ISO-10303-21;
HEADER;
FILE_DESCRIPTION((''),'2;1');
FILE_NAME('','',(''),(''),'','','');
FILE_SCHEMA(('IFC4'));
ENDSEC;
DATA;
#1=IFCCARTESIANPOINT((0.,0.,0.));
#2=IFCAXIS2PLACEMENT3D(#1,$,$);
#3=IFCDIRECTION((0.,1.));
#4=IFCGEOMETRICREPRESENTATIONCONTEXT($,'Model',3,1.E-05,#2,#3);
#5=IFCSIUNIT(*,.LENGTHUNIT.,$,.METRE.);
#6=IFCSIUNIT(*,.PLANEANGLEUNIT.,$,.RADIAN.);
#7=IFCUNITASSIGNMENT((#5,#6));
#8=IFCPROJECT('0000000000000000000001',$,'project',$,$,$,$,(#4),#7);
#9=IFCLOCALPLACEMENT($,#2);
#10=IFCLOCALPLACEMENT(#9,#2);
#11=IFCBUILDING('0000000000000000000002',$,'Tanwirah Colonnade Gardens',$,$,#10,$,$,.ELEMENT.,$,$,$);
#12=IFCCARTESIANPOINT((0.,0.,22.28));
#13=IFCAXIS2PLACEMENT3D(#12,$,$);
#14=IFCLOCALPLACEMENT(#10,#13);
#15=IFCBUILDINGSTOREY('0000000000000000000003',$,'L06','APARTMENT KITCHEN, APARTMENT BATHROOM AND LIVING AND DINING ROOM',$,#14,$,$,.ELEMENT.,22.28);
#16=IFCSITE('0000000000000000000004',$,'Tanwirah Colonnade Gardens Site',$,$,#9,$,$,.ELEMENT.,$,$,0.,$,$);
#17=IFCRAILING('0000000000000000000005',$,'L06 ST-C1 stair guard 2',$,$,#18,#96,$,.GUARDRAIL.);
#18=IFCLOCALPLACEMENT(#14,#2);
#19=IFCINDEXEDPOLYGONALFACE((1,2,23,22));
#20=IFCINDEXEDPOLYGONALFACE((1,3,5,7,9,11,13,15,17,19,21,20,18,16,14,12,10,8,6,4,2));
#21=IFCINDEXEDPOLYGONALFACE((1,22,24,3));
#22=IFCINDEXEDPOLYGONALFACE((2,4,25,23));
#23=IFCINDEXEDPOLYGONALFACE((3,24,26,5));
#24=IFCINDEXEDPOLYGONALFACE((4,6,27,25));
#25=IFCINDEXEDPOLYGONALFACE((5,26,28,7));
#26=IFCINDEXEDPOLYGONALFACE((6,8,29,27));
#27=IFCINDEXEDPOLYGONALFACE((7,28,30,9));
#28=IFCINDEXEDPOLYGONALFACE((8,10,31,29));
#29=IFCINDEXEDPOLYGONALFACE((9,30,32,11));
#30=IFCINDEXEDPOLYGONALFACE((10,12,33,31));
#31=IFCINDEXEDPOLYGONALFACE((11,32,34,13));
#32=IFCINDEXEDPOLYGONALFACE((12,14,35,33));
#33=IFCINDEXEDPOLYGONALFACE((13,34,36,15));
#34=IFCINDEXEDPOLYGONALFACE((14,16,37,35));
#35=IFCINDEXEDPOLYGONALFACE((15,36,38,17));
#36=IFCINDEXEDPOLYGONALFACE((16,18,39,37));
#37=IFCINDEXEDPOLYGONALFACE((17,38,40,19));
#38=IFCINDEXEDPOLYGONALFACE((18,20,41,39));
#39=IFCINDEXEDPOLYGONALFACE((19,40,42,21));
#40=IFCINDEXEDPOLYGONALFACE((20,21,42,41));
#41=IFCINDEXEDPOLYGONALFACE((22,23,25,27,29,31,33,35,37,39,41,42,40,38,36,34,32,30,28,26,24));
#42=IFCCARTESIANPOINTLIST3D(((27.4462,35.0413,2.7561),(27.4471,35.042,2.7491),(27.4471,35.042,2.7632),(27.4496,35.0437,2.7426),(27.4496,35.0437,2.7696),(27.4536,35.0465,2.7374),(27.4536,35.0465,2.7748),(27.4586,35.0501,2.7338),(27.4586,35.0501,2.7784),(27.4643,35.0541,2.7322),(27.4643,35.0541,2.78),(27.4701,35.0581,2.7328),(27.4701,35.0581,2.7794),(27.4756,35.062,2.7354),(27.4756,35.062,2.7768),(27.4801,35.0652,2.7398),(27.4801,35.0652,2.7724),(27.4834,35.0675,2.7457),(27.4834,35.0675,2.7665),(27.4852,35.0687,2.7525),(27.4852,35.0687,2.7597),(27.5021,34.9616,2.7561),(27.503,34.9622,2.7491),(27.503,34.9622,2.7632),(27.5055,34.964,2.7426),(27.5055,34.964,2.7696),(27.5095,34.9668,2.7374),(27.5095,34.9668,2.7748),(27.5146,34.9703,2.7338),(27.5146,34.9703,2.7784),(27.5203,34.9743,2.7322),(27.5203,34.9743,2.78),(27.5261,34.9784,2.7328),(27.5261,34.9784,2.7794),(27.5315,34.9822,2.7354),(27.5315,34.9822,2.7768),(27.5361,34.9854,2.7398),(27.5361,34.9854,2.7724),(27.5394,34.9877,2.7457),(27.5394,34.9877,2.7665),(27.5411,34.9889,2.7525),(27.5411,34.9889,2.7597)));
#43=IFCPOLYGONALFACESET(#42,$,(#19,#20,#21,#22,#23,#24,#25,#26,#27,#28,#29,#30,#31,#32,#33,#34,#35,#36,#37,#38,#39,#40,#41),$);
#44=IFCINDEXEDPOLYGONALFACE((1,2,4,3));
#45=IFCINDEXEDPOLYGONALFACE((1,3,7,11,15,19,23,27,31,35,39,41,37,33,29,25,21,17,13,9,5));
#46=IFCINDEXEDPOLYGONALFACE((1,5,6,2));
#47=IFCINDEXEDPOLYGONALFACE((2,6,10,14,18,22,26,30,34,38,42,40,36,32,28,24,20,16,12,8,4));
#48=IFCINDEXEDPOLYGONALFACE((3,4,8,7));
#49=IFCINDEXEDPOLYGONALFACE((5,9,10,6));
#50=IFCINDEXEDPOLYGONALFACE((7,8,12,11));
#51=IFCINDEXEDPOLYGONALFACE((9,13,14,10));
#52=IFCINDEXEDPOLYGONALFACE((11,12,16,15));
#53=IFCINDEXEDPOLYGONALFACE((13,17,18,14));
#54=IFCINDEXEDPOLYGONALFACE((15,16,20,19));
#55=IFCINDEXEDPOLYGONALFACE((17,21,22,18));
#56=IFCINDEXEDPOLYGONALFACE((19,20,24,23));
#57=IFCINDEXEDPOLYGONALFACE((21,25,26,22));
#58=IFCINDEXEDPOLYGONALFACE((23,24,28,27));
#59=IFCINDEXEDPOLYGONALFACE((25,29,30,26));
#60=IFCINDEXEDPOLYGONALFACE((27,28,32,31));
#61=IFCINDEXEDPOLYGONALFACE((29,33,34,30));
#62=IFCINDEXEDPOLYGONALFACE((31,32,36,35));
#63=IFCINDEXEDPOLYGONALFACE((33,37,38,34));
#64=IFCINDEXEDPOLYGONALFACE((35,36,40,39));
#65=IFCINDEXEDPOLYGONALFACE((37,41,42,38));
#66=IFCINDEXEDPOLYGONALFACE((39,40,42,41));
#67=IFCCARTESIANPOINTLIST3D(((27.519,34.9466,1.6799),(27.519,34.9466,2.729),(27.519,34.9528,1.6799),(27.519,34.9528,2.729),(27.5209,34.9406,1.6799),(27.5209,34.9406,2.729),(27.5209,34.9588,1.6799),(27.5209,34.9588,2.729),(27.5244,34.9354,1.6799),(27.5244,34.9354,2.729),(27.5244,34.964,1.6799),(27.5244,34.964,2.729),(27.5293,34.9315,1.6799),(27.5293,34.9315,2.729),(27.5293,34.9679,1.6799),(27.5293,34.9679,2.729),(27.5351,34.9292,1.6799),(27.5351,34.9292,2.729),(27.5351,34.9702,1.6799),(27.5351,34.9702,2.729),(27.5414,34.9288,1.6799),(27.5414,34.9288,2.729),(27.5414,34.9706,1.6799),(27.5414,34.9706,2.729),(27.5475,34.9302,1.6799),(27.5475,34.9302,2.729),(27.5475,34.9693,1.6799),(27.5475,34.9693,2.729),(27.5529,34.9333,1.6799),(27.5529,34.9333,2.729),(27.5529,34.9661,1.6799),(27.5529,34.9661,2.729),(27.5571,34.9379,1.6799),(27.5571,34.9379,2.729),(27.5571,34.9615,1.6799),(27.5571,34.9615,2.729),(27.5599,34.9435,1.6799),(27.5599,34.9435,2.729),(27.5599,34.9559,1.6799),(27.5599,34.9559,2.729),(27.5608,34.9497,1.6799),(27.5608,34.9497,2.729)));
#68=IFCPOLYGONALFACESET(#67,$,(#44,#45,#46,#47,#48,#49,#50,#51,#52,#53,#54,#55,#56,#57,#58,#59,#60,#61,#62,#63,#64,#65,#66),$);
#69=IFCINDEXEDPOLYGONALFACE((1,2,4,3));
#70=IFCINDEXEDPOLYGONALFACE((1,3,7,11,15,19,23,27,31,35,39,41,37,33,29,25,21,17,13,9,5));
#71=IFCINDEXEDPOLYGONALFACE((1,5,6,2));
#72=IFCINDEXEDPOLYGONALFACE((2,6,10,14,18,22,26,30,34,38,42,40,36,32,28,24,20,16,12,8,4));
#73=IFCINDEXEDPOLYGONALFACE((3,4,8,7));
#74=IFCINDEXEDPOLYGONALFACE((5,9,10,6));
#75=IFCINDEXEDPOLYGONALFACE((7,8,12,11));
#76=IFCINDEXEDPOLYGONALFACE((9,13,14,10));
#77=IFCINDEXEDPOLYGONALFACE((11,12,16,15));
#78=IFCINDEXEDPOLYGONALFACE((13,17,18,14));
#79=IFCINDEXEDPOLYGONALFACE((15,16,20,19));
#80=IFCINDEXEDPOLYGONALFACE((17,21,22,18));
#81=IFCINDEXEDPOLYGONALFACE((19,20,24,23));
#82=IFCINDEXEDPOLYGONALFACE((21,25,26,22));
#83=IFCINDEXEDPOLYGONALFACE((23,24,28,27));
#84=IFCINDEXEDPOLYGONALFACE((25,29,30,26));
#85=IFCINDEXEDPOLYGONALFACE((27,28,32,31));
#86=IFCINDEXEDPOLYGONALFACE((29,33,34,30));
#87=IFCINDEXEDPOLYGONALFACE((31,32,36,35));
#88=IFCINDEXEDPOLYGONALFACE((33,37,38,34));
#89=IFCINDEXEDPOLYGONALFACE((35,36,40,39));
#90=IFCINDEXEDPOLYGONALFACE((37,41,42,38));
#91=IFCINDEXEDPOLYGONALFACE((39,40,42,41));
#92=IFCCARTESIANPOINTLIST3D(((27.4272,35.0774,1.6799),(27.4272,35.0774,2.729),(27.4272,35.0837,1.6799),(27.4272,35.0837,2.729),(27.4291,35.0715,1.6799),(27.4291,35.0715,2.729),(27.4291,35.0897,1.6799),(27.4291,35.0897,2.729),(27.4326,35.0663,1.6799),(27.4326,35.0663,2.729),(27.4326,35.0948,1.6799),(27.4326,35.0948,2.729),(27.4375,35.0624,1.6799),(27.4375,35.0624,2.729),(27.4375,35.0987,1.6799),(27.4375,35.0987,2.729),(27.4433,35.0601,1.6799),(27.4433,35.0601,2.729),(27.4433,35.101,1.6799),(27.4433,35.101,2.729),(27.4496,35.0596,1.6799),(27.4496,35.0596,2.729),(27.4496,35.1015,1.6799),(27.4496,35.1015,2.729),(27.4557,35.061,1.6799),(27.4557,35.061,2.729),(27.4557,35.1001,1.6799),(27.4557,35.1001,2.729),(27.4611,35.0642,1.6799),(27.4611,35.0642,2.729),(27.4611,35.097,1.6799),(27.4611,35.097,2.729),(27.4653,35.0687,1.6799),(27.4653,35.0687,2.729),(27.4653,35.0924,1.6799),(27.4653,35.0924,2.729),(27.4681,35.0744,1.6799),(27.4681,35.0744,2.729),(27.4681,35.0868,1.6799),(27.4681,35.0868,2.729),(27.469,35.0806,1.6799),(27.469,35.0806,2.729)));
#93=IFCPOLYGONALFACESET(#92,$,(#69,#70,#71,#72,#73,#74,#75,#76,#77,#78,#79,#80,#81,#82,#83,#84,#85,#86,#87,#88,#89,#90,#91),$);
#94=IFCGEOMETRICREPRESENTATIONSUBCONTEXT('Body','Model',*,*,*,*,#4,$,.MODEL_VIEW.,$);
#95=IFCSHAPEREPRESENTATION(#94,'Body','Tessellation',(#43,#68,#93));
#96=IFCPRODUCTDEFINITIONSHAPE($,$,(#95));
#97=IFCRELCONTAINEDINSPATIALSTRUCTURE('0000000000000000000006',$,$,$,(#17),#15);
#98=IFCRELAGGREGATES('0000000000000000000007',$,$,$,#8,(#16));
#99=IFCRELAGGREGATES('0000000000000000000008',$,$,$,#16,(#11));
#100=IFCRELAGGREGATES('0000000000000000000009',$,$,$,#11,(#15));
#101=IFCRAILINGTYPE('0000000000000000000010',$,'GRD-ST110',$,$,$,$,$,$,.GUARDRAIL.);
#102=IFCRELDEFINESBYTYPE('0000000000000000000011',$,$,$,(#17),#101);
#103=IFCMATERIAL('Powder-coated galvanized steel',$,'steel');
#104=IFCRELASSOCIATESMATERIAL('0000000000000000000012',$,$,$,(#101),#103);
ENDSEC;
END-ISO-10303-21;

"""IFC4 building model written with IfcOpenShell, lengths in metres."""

from ifc_helpers import new_model, si_unit, direction, frame, origin, origin_2d, place, context, subcontext, project, spatial, circle, extrude, material, type_object, element, save


model = new_model("IFC4")

# Units and contexts
model_context = context("Model", 3, precision=1e-05, world=origin(), true_north=direction((0.0, 1.0)))
body_context = subcontext(model_context, "Body", "Model", "MODEL_VIEW")
ifc_project = project(units=[si_unit("LENGTHUNIT", "METRE"), si_unit("PLANEANGLEUNIT", "RADIAN")], contexts=[model_context])

# Site, building, storey
site_placement = place(None, origin())
site = spatial("IfcSite", under=ifc_project, at=site_placement, Name="Tanwirah Colonnade Gardens Site", CompositionType="ELEMENT", RefElevation=0.0)
building_placement = place(site_placement, origin())
building = spatial("IfcBuilding", under=site, at=building_placement, Name="Tanwirah Colonnade Gardens", CompositionType="ELEMENT")
storey_placement = place(building_placement, frame((0.0, 0.0, 22.28)))
storey = spatial("IfcBuildingStorey", under=building, at=storey_placement, Name="L06", Description="APARTMENT KITCHEN, APARTMENT BATHROOM AND LIVING AND DINING ROOM", CompositionType="ELEMENT", Elevation=22.28)

# Railing
ifc_material_1 = material(Name="Powder-coated galvanized steel", Category="steel")
railing_type_1 = type_object("IfcRailingType", Name="GRD-ST110", PredefinedType="GUARDRAIL", material=ifc_material_1)
railing_1_placement = place(storey_placement, frame((27.5398, 34.9497, 1.6799)))
element("IfcRailing", 1, at=railing_1_placement, inside=storey, type_object=railing_type_1, Name="L06 ST-C1 stair guard 2", PredefinedType="GUARDRAIL", context=body_context, shape_type="SweptSolid", body=[
    extrude(circle(Radius=0.0239, at=origin_2d()), frame((-0.0181, 0.0256, 1.0762), z_axis=(-0.574282, 0.818657, 0.0), x_axis=(-0.818657, -0.574282, 0.0)), (0.0, 0.0, 1.0), 0.0974),
    extrude(circle(Radius=0.021, at=origin_2d()), origin(), (0.0, 0.0, 1.0), 1.0491),
    extrude(circle(Radius=0.021, at=origin_2d()), frame((-0.0918, 0.1309, 0.0)), (0.0, 0.0, 1.0), 1.0491),
])

save(model, "model.ifc")
